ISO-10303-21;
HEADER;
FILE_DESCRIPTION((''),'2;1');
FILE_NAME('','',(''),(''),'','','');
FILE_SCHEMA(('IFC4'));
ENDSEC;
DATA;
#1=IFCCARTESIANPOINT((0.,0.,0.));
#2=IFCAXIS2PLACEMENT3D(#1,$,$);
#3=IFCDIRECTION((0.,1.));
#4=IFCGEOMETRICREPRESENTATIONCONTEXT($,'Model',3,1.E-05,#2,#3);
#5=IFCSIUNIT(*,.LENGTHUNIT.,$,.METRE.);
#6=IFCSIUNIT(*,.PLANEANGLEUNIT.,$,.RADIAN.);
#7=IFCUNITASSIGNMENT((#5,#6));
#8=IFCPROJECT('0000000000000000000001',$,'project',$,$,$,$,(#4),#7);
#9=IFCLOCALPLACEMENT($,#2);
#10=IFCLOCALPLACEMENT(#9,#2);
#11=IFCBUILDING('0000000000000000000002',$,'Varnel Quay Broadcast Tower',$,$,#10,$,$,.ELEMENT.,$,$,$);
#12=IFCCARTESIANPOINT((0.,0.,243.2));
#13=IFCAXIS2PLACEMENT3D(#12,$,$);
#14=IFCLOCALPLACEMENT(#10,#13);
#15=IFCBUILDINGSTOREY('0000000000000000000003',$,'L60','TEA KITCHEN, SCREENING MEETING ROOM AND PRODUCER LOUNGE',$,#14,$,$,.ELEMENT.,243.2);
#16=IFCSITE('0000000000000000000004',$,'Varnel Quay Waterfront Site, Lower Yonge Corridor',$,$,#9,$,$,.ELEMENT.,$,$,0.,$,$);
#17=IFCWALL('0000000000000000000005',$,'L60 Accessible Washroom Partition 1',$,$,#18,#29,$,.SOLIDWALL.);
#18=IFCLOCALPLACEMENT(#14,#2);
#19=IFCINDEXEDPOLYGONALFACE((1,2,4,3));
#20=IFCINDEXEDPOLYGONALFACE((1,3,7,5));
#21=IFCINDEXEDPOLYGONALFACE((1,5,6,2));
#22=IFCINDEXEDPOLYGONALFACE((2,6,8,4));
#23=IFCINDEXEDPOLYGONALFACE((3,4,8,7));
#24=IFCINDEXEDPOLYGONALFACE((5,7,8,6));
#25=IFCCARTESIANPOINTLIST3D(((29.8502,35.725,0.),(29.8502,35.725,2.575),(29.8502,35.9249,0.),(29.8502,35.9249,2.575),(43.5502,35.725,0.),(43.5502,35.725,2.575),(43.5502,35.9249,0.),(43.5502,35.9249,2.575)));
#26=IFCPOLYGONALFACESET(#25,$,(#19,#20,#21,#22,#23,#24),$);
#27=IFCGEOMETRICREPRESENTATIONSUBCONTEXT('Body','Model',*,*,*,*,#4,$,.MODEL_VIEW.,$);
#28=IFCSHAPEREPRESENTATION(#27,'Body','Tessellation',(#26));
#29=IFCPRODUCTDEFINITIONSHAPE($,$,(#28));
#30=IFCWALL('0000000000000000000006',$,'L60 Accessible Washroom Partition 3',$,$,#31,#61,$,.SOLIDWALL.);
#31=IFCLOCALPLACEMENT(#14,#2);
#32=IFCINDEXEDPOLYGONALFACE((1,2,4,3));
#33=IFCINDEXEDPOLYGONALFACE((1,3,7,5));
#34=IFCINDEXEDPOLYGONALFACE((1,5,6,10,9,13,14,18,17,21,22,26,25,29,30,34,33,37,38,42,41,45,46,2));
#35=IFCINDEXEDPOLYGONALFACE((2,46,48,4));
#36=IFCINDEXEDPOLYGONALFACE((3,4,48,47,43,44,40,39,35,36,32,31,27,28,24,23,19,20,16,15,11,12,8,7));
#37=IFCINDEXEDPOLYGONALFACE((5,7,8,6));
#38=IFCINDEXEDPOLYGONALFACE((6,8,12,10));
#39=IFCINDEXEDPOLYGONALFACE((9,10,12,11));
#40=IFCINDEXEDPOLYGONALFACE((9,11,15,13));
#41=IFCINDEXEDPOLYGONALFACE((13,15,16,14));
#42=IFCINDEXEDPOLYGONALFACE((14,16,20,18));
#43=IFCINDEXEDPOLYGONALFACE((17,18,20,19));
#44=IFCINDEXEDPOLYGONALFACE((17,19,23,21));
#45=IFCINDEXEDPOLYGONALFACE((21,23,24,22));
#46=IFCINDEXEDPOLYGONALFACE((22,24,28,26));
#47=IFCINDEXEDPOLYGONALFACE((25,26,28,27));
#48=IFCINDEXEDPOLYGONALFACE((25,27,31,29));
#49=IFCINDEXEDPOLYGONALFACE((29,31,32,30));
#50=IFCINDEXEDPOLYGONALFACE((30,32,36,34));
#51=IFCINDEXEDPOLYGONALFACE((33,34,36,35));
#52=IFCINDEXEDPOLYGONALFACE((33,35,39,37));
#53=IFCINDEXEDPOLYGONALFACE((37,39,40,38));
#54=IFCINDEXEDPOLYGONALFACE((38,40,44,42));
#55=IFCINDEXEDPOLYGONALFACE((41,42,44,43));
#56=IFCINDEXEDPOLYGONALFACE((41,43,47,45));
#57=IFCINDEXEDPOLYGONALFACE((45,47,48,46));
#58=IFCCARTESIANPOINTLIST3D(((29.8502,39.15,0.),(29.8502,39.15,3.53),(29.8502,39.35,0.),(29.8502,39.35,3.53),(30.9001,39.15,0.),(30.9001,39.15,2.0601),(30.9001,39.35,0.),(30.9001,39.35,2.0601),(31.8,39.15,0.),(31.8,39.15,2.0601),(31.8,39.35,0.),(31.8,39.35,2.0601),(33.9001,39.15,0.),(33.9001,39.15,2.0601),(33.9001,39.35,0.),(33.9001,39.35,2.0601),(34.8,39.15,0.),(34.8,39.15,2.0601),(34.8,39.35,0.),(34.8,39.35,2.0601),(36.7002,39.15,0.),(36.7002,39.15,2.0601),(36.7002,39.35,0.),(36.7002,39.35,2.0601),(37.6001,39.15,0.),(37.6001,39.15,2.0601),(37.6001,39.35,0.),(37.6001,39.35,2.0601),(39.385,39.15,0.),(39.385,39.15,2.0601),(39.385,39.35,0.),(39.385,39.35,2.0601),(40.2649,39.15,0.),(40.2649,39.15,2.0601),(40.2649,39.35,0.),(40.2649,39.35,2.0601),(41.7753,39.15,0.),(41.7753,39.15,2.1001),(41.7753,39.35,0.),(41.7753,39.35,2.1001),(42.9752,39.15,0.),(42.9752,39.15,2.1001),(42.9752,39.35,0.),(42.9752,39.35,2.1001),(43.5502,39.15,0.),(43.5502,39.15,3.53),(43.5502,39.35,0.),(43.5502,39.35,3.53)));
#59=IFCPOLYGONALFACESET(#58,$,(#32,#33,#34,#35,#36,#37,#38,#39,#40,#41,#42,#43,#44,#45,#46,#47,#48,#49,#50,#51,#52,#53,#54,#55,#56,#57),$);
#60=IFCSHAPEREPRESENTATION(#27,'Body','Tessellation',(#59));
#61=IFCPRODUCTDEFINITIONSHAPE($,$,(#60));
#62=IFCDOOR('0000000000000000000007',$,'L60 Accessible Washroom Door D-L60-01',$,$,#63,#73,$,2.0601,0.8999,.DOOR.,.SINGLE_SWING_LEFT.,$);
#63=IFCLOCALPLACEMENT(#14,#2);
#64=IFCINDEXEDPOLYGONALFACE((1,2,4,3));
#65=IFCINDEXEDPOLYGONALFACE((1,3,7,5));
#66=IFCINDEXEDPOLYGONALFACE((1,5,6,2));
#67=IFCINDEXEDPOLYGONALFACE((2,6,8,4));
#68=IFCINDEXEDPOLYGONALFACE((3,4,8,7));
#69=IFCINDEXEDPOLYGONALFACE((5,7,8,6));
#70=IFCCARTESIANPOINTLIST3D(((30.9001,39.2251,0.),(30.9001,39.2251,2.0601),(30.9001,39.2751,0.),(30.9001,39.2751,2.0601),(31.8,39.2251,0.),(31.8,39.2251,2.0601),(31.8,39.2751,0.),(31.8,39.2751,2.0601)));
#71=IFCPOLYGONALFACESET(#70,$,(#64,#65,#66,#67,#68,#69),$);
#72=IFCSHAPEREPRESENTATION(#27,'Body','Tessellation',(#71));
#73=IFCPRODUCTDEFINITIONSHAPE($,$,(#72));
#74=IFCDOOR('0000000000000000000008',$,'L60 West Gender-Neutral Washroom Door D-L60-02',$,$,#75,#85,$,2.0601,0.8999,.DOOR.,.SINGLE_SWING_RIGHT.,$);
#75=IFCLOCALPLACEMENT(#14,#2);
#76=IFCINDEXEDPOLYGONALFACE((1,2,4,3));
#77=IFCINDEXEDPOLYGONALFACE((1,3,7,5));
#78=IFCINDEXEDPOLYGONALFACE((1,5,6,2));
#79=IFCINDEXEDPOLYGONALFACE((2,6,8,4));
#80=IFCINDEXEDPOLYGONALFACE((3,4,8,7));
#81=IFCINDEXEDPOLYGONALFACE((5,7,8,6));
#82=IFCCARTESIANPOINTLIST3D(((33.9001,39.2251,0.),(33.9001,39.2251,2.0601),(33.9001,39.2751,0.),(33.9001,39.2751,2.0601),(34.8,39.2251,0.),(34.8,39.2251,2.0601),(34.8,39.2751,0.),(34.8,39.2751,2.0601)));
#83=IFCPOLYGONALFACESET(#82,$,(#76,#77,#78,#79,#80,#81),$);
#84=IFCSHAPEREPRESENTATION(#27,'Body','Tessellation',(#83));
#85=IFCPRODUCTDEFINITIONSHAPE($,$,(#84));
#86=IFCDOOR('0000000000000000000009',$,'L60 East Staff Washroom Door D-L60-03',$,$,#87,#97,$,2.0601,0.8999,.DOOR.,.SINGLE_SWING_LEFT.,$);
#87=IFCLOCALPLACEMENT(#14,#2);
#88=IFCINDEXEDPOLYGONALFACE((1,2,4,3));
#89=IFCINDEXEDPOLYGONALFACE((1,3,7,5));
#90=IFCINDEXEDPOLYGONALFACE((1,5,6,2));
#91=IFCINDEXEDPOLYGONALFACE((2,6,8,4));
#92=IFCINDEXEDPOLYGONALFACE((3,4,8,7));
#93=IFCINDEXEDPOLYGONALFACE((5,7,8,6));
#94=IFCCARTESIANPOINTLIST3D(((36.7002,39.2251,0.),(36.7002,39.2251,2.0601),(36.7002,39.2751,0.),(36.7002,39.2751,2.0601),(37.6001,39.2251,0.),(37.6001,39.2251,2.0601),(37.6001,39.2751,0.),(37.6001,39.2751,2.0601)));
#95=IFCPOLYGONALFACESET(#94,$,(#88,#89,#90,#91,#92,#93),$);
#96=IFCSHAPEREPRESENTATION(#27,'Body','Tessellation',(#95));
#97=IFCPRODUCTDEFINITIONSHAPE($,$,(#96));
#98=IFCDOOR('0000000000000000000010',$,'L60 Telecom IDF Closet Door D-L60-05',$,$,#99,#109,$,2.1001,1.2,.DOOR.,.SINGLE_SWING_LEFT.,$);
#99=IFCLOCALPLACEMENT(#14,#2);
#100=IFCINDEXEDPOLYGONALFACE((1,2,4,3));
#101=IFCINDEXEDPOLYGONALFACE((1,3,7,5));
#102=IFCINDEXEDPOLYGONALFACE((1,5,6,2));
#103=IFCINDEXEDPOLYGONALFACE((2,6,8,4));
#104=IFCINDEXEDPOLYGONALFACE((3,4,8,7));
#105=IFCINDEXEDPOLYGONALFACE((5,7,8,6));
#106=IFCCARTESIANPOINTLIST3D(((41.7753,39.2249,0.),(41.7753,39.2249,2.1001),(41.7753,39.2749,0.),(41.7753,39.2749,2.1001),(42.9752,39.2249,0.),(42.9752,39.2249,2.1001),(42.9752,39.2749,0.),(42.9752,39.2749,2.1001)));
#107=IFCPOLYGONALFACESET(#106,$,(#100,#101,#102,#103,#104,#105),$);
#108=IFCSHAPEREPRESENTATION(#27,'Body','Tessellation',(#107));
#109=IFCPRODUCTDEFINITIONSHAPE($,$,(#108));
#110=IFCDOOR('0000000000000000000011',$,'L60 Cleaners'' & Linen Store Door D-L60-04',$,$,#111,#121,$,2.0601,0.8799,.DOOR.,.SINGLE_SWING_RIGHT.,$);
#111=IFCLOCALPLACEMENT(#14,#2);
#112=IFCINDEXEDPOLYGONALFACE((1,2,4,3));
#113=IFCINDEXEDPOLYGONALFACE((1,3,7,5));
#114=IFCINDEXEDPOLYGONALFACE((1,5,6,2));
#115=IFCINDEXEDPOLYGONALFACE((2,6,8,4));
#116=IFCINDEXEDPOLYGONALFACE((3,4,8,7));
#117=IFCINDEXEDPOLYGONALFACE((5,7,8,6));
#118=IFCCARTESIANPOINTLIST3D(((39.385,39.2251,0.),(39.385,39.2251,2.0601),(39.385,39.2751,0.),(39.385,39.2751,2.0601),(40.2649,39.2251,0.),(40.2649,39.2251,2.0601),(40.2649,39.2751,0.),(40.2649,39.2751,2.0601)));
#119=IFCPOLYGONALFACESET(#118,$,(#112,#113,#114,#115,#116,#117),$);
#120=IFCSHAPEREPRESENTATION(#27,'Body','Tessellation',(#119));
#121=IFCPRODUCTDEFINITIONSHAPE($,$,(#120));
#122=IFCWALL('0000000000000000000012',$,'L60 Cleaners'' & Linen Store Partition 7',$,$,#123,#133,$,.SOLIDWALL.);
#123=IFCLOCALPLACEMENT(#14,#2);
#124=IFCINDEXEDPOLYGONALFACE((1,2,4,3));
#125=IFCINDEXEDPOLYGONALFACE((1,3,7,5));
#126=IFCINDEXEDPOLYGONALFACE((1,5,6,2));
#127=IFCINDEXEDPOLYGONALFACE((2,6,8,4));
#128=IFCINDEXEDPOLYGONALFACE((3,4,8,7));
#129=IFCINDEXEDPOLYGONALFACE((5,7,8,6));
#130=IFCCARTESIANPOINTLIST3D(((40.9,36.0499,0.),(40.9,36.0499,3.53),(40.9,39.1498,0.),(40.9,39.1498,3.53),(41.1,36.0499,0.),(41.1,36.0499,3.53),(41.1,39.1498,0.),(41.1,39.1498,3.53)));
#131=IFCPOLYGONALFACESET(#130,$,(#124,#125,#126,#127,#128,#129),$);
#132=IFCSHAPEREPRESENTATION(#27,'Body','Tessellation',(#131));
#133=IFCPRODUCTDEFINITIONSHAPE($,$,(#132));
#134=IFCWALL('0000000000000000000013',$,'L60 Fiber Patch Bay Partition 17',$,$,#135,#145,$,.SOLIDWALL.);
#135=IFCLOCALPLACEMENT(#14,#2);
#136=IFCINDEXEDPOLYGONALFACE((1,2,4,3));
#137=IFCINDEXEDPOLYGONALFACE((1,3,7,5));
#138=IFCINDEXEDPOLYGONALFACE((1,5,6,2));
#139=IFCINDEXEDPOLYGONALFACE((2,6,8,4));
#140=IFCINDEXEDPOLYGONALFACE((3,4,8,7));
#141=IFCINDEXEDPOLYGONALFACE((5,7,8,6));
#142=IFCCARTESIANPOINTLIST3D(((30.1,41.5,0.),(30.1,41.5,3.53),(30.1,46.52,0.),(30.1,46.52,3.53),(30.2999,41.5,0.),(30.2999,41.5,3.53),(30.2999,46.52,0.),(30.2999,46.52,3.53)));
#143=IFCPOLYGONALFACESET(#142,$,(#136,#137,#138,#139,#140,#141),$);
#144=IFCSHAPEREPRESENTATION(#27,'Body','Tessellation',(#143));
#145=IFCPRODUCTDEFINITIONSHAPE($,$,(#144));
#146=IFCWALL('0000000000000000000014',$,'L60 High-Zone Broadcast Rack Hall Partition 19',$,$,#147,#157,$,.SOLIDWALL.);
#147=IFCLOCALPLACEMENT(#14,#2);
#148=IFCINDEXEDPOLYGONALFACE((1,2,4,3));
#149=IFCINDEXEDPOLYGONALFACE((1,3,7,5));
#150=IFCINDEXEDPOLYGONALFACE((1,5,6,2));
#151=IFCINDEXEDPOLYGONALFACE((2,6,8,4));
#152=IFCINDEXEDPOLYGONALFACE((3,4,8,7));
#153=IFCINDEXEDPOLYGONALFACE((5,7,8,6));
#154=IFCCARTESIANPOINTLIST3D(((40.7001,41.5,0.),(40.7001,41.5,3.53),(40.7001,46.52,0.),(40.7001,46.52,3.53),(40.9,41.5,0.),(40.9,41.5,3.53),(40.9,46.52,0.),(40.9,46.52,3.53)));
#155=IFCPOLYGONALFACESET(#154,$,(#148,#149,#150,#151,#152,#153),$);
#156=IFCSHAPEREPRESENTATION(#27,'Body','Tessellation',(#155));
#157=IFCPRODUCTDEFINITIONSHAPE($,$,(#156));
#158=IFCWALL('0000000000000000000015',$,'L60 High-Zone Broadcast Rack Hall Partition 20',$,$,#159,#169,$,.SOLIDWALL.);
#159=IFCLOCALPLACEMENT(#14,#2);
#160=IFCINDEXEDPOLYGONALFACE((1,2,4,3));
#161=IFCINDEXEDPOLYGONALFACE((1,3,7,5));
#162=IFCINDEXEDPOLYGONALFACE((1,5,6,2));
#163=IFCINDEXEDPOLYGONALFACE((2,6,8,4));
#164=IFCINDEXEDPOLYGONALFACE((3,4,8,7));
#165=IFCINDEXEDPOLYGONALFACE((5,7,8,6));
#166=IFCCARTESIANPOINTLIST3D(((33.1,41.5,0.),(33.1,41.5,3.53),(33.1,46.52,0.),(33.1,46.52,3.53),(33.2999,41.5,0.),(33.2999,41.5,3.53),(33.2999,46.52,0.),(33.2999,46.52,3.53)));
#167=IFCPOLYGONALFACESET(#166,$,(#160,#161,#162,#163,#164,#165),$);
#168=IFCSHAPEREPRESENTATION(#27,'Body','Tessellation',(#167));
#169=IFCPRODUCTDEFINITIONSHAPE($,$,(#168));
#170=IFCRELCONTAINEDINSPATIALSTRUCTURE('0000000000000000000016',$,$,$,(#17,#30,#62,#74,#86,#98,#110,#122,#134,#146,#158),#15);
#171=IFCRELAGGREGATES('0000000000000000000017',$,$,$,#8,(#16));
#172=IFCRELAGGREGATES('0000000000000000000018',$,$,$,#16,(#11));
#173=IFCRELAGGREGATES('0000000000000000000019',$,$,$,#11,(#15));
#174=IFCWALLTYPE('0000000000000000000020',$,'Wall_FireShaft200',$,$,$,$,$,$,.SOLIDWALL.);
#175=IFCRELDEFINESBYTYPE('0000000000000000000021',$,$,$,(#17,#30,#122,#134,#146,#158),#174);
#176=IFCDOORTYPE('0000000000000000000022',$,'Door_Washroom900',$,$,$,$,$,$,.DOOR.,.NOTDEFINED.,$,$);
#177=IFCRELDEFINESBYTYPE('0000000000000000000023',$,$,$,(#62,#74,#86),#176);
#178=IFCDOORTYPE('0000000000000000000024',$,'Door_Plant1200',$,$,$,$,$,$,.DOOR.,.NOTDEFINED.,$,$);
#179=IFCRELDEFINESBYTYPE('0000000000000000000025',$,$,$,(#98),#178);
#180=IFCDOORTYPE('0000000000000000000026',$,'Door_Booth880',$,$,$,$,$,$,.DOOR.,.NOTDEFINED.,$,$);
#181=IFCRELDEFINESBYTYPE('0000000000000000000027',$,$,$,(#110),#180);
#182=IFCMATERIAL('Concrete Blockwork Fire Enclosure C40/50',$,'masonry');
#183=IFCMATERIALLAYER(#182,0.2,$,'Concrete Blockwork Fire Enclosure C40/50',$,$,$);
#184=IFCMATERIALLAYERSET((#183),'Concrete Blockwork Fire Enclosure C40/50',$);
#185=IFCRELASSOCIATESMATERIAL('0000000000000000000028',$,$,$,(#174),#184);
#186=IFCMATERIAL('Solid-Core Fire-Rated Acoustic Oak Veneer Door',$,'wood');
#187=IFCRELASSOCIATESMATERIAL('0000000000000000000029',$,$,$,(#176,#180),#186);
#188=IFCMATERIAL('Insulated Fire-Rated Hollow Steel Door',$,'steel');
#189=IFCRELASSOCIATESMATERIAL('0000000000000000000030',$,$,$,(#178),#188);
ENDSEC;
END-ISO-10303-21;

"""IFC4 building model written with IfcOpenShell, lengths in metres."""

from ifc_helpers import new_model, si_unit, direction, frame, frame_2d, origin, place, context, subcontext, project, spatial, rectangle, extrude, source, transform, mapped, material, layer, layer_set, type_object, type_shapes, element, fill, save


model = new_model("IFC4")

# Units and contexts
model_context = context("Model", 3, precision=1e-05, world=origin(), true_north=direction((0.0, 1.0)))
body_context = subcontext(model_context, "Body", "Model", "MODEL_VIEW")
ifc_project = project(units=[si_unit("LENGTHUNIT", "METRE"), si_unit("PLANEANGLEUNIT", "RADIAN")], contexts=[model_context])

# Site, building, storey
site_placement = place(None, origin())
site = spatial("IfcSite", under=ifc_project, at=site_placement, Name="Varnel Quay Waterfront Site, Lower Yonge Corridor", CompositionType="ELEMENT", RefElevation=0.0)
building_placement = place(site_placement, origin())
building = spatial("IfcBuilding", under=site, at=building_placement, Name="Varnel Quay Broadcast Tower", CompositionType="ELEMENT")
storey_placement = place(building_placement, frame((0.0, 0.0, 243.2)))
storey = spatial("IfcBuildingStorey", under=building, at=storey_placement, Name="L60", Description="TEA KITCHEN, SCREENING MEETING ROOM AND PRODUCER LOUNGE", CompositionType="ELEMENT", Elevation=243.2)

# Shared definitions
ifc_material_1 = material(Name="Insulated Fire-Rated Hollow Steel Door", Category="steel")

# Wall
ifc_material_2 = material(Name="Concrete Blockwork Fire Enclosure C40/50", Category="masonry")
ifc_layer_1 = layer(ifc_material_2, 0.2, Name="Concrete Blockwork Fire Enclosure C40/50")
ifc_layer_set_1 = layer_set([ifc_layer_1], Name="Concrete Blockwork Fire Enclosure C40/50")
wall_type_1 = type_object("IfcWallType", Name="Wall_FireShaft200", PredefinedType="SOLIDWALL", material=ifc_layer_set_1)
wall_1_placement = place(storey_placement, frame((29.8501, 35.825, 0.0), z_axis=(0.0, 0.0, 1.0), x_axis=(1.0, 0.0, 0.0)))
element("IfcWall", 1, at=wall_1_placement, inside=storey, type_object=wall_type_1, Name="L60 Accessible Washroom Partition 1", PredefinedType="SOLIDWALL", context=body_context, shape_type="SweptSolid", body=[
    extrude(rectangle(XDim=13.7, YDim=0.2, at=frame_2d((6.8501, 0.0))), origin(), (0.0, 0.0, 1.0), 2.575),
])

# Wall, openings, doors
wall_2_placement = place(storey_placement, frame((29.8501, 39.25, 0.0), z_axis=(0.0, 0.0, 1.0), x_axis=(1.0, 0.0, 0.0)))
wall_2 = element("IfcWall", 2, at=wall_2_placement, inside=storey, type_object=wall_type_1, Name="L60 Accessible Washroom Partition 3", PredefinedType="SOLIDWALL", context=body_context, shape_type="SweptSolid", body=[
    extrude(rectangle(XDim=13.7, YDim=0.2, at=frame_2d((6.8501, 0.0))), origin(), (0.0, 0.0, 1.0), 3.53),
])
opening_1_placement = place(wall_2_placement, frame((1.05, 0.0, 0.0)))
opening_1 = element("IfcOpeningElement", 3, at=opening_1_placement, cuts=wall_2, PredefinedType="OPENING", context=body_context, shape_type="SweptSolid", body=[
    extrude(rectangle(XDim=0.8999, YDim=2.0601, at=frame_2d((0.45, 1.03))), frame((0.0, 0.1099, 0.0), z_axis=(0.0, -1.0, 0.0), x_axis=(1.0, 0.0, 0.0)), (0.0, 0.0, 1.0), 0.22),
])
opening_2_placement = place(wall_2_placement, frame((4.05, 0.0, 0.0)))
opening_2 = element("IfcOpeningElement", 4, at=opening_2_placement, cuts=wall_2, PredefinedType="OPENING", context=body_context, shape_type="SweptSolid", body=[
    extrude(rectangle(XDim=0.8999, YDim=2.0601, at=frame_2d((0.45, 1.03))), frame((0.0, 0.1099, 0.0), z_axis=(0.0, -1.0, 0.0), x_axis=(1.0, 0.0, 0.0)), (0.0, 0.0, 1.0), 0.22),
])
opening_3_placement = place(wall_2_placement, frame((6.8501, 0.0, 0.0)))
opening_3 = element("IfcOpeningElement", 5, at=opening_3_placement, cuts=wall_2, PredefinedType="OPENING", context=body_context, shape_type="SweptSolid", body=[
    extrude(rectangle(XDim=0.8999, YDim=2.0601, at=frame_2d((0.45, 1.03))), frame((0.0, 0.1099, 0.0), z_axis=(0.0, -1.0, 0.0), x_axis=(1.0, 0.0, 0.0)), (0.0, 0.0, 1.0), 0.22),
])
opening_4_placement = place(wall_2_placement, frame((9.5349, 0.0, 0.0)))
opening_4 = element("IfcOpeningElement", 6, at=opening_4_placement, cuts=wall_2, PredefinedType="OPENING", context=body_context, shape_type="SweptSolid", body=[
    extrude(rectangle(XDim=0.8799, YDim=2.0601, at=frame_2d((0.4399, 1.03))), frame((0.0, 0.1099, 0.0), z_axis=(0.0, -1.0, 0.0), x_axis=(1.0, 0.0, 0.0)), (0.0, 0.0, 1.0), 0.22),
])
opening_5_placement = place(wall_2_placement, frame((11.925, 0.0, 0.0)))
opening_5 = element("IfcOpeningElement", 7, at=opening_5_placement, cuts=wall_2, PredefinedType="OPENING", context=body_context, shape_type="SweptSolid", body=[
    extrude(rectangle(XDim=1.2, YDim=2.1001, at=frame_2d((0.6001, 1.05))), frame((0.0, 0.1099, 0.0), z_axis=(0.0, -1.0, 0.0), x_axis=(1.0, 0.0, 0.0)), (0.0, 0.0, 1.0), 0.22),
])
ifc_material_3 = material(Name="Solid-Core Fire-Rated Acoustic Oak Veneer Door", Category="wood")
door_type_1 = type_object("IfcDoorType", Name="Door_Washroom900", OperationType="NOTDEFINED", PredefinedType="DOOR", material=ifc_material_3)
shared_shape_1 = source(origin(), body_context, "Body", "SweptSolid", [
    extrude(rectangle(XDim=0.8999, YDim=2.0601, at=frame_2d((0.45, 1.03))), frame((0.0, 0.0249, 0.0), z_axis=(0.0, -1.0, 0.0), x_axis=(1.0, 0.0, 0.0)), (0.0, 0.0, 1.0), 0.05),
])
type_shapes(door_type_1, [shared_shape_1])
door_1_placement = place(opening_1_placement, frame((0.8999, 0.0, 0.0), z_axis=(0.0, 0.0, 1.0), x_axis=(-1.0, 0.0, 0.0)))
door_1 = element("IfcDoor", 8, at=door_1_placement, inside=storey, type_object=door_type_1, Name="L60 Accessible Washroom Door D-L60-01", OperationType="SINGLE_SWING_LEFT", OverallHeight=2.0601, OverallWidth=0.8999, PredefinedType="DOOR", context=body_context, shape_type="MappedRepresentation", body=[
    mapped(shared_shape_1, transform((0.0, 0.0, 0.0), x_axis=(1.0, 0.0, 0.0), y_axis=(0.0, 1.0, 0.0), z_axis=(0.0, 0.0, 1.0), scale=1.0)),
])
fill(opening_1, door_1)
door_2_placement = place(opening_2_placement, frame((0.8999, 0.0, 0.0), z_axis=(0.0, 0.0, 1.0), x_axis=(-1.0, 0.0, 0.0)))
door_2 = element("IfcDoor", 9, at=door_2_placement, inside=storey, type_object=door_type_1, Name="L60 West Gender-Neutral Washroom Door D-L60-02", OperationType="SINGLE_SWING_RIGHT", OverallHeight=2.0601, OverallWidth=0.8999, PredefinedType="DOOR", context=body_context, shape_type="MappedRepresentation", body=[
    mapped(shared_shape_1, transform((0.0, 0.0, 0.0), x_axis=(1.0, 0.0, 0.0), y_axis=(0.0, 1.0, 0.0), z_axis=(0.0, 0.0, 1.0), scale=1.0)),
])
fill(opening_2, door_2)
door_3_placement = place(opening_3_placement, frame((0.8999, 0.0, 0.0), z_axis=(0.0, 0.0, 1.0), x_axis=(-1.0, 0.0, 0.0)))
door_3 = element("IfcDoor", 10, at=door_3_placement, inside=storey, type_object=door_type_1, Name="L60 East Staff Washroom Door D-L60-03", OperationType="SINGLE_SWING_LEFT", OverallHeight=2.0601, OverallWidth=0.8999, PredefinedType="DOOR", context=body_context, shape_type="MappedRepresentation", body=[
    mapped(shared_shape_1, transform((0.0, 0.0, 0.0), x_axis=(1.0, 0.0, 0.0), y_axis=(0.0, 1.0, 0.0), z_axis=(0.0, 0.0, 1.0), scale=1.0)),
])
fill(opening_3, door_3)
door_type_2 = type_object("IfcDoorType", Name="Door_Plant1200", OperationType="NOTDEFINED", PredefinedType="DOOR", material=ifc_material_1)
shared_shape_2 = source(origin(), body_context, "Body", "SweptSolid", [
    extrude(rectangle(XDim=1.2, YDim=2.1001, at=frame_2d((0.6001, 1.05))), frame((0.0, 0.0249, 0.0), z_axis=(0.0, -1.0, 0.0), x_axis=(1.0, 0.0, 0.0)), (0.0, 0.0, 1.0), 0.05),
])
type_shapes(door_type_2, [shared_shape_2])
door_4_placement = place(opening_5_placement, origin())
door_4 = element("IfcDoor", 11, at=door_4_placement, inside=storey, type_object=door_type_2, Name="L60 Telecom IDF Closet Door D-L60-05", OperationType="SINGLE_SWING_LEFT", OverallHeight=2.1001, OverallWidth=1.2, PredefinedType="DOOR", context=body_context, shape_type="MappedRepresentation", body=[
    mapped(shared_shape_2, transform((0.0, 0.0, 0.0), x_axis=(1.0, 0.0, 0.0), y_axis=(0.0, 1.0, 0.0), z_axis=(0.0, 0.0, 1.0), scale=1.0)),
])
fill(opening_5, door_4)
door_type_3 = type_object("IfcDoorType", Name="Door_Booth880", OperationType="NOTDEFINED", PredefinedType="DOOR", material=ifc_material_3)
shared_shape_3 = source(origin(), body_context, "Body", "SweptSolid", [
    extrude(rectangle(XDim=0.8799, YDim=2.0601, at=frame_2d((0.4399, 1.03))), frame((0.0, 0.0249, 0.0), z_axis=(0.0, -1.0, 0.0), x_axis=(1.0, 0.0, 0.0)), (0.0, 0.0, 1.0), 0.05),
])
type_shapes(door_type_3, [shared_shape_3])
door_5_placement = place(opening_4_placement, frame((0.8799, 0.0, 0.0), z_axis=(0.0, 0.0, 1.0), x_axis=(-1.0, 0.0, 0.0)))
door_5 = element("IfcDoor", 12, at=door_5_placement, inside=storey, type_object=door_type_3, Name="L60 Cleaners' & Linen Store Door D-L60-04", OperationType="SINGLE_SWING_RIGHT", OverallHeight=2.0601, OverallWidth=0.8799, PredefinedType="DOOR", context=body_context, shape_type="MappedRepresentation", body=[
    mapped(shared_shape_3, transform((0.0, 0.0, 0.0), x_axis=(1.0, 0.0, 0.0), y_axis=(0.0, 1.0, 0.0), z_axis=(0.0, 0.0, 1.0), scale=1.0)),
])
fill(opening_4, door_5)

# Walls
wall_3_placement = place(storey_placement, frame((41.0, 36.05, 0.0), z_axis=(0.0, 0.0, 1.0), x_axis=(0.0, 1.0, 0.0)))
element("IfcWall", 13, at=wall_3_placement, inside=storey, type_object=wall_type_1, Name="L60 Cleaners' & Linen Store Partition 7", PredefinedType="SOLIDWALL", context=body_context, shape_type="SweptSolid", body=[
    extrude(rectangle(XDim=3.0999, YDim=0.2, at=frame_2d((1.5498, 0.0))), origin(), (0.0, 0.0, 1.0), 3.53),
])
for number, where, z_axis, x_axis, name in (
    (14, (30.2, 41.5, 0.0), (0.0, 0.0, 1.0), (0.0, 1.0, 0.0), "L60 Fiber Patch Bay Partition 17"),
    (15, (40.8, 41.5, 0.0), (0.0, 0.0, 1.0), (0.0, 1.0, 0.0), "L60 High-Zone Broadcast Rack Hall Partition 19"),
    (16, (33.2, 41.5, 0.0), (0.0, 0.0, 1.0), (0.0, 1.0, 0.0), "L60 High-Zone Broadcast Rack Hall Partition 20"),
):
    element("IfcWall", number, at=place(storey_placement, frame(where, z_axis=z_axis, x_axis=x_axis)), inside=storey, type_object=wall_type_1, Name=name, PredefinedType="SOLIDWALL", context=body_context, shape_type="SweptSolid", body=[
        extrude(rectangle(XDim=5.02, YDim=0.2, at=frame_2d((2.51, 0.0))), origin(), (0.0, 0.0, 1.0), 3.53),
    ])

save(model, "model.ifc")
